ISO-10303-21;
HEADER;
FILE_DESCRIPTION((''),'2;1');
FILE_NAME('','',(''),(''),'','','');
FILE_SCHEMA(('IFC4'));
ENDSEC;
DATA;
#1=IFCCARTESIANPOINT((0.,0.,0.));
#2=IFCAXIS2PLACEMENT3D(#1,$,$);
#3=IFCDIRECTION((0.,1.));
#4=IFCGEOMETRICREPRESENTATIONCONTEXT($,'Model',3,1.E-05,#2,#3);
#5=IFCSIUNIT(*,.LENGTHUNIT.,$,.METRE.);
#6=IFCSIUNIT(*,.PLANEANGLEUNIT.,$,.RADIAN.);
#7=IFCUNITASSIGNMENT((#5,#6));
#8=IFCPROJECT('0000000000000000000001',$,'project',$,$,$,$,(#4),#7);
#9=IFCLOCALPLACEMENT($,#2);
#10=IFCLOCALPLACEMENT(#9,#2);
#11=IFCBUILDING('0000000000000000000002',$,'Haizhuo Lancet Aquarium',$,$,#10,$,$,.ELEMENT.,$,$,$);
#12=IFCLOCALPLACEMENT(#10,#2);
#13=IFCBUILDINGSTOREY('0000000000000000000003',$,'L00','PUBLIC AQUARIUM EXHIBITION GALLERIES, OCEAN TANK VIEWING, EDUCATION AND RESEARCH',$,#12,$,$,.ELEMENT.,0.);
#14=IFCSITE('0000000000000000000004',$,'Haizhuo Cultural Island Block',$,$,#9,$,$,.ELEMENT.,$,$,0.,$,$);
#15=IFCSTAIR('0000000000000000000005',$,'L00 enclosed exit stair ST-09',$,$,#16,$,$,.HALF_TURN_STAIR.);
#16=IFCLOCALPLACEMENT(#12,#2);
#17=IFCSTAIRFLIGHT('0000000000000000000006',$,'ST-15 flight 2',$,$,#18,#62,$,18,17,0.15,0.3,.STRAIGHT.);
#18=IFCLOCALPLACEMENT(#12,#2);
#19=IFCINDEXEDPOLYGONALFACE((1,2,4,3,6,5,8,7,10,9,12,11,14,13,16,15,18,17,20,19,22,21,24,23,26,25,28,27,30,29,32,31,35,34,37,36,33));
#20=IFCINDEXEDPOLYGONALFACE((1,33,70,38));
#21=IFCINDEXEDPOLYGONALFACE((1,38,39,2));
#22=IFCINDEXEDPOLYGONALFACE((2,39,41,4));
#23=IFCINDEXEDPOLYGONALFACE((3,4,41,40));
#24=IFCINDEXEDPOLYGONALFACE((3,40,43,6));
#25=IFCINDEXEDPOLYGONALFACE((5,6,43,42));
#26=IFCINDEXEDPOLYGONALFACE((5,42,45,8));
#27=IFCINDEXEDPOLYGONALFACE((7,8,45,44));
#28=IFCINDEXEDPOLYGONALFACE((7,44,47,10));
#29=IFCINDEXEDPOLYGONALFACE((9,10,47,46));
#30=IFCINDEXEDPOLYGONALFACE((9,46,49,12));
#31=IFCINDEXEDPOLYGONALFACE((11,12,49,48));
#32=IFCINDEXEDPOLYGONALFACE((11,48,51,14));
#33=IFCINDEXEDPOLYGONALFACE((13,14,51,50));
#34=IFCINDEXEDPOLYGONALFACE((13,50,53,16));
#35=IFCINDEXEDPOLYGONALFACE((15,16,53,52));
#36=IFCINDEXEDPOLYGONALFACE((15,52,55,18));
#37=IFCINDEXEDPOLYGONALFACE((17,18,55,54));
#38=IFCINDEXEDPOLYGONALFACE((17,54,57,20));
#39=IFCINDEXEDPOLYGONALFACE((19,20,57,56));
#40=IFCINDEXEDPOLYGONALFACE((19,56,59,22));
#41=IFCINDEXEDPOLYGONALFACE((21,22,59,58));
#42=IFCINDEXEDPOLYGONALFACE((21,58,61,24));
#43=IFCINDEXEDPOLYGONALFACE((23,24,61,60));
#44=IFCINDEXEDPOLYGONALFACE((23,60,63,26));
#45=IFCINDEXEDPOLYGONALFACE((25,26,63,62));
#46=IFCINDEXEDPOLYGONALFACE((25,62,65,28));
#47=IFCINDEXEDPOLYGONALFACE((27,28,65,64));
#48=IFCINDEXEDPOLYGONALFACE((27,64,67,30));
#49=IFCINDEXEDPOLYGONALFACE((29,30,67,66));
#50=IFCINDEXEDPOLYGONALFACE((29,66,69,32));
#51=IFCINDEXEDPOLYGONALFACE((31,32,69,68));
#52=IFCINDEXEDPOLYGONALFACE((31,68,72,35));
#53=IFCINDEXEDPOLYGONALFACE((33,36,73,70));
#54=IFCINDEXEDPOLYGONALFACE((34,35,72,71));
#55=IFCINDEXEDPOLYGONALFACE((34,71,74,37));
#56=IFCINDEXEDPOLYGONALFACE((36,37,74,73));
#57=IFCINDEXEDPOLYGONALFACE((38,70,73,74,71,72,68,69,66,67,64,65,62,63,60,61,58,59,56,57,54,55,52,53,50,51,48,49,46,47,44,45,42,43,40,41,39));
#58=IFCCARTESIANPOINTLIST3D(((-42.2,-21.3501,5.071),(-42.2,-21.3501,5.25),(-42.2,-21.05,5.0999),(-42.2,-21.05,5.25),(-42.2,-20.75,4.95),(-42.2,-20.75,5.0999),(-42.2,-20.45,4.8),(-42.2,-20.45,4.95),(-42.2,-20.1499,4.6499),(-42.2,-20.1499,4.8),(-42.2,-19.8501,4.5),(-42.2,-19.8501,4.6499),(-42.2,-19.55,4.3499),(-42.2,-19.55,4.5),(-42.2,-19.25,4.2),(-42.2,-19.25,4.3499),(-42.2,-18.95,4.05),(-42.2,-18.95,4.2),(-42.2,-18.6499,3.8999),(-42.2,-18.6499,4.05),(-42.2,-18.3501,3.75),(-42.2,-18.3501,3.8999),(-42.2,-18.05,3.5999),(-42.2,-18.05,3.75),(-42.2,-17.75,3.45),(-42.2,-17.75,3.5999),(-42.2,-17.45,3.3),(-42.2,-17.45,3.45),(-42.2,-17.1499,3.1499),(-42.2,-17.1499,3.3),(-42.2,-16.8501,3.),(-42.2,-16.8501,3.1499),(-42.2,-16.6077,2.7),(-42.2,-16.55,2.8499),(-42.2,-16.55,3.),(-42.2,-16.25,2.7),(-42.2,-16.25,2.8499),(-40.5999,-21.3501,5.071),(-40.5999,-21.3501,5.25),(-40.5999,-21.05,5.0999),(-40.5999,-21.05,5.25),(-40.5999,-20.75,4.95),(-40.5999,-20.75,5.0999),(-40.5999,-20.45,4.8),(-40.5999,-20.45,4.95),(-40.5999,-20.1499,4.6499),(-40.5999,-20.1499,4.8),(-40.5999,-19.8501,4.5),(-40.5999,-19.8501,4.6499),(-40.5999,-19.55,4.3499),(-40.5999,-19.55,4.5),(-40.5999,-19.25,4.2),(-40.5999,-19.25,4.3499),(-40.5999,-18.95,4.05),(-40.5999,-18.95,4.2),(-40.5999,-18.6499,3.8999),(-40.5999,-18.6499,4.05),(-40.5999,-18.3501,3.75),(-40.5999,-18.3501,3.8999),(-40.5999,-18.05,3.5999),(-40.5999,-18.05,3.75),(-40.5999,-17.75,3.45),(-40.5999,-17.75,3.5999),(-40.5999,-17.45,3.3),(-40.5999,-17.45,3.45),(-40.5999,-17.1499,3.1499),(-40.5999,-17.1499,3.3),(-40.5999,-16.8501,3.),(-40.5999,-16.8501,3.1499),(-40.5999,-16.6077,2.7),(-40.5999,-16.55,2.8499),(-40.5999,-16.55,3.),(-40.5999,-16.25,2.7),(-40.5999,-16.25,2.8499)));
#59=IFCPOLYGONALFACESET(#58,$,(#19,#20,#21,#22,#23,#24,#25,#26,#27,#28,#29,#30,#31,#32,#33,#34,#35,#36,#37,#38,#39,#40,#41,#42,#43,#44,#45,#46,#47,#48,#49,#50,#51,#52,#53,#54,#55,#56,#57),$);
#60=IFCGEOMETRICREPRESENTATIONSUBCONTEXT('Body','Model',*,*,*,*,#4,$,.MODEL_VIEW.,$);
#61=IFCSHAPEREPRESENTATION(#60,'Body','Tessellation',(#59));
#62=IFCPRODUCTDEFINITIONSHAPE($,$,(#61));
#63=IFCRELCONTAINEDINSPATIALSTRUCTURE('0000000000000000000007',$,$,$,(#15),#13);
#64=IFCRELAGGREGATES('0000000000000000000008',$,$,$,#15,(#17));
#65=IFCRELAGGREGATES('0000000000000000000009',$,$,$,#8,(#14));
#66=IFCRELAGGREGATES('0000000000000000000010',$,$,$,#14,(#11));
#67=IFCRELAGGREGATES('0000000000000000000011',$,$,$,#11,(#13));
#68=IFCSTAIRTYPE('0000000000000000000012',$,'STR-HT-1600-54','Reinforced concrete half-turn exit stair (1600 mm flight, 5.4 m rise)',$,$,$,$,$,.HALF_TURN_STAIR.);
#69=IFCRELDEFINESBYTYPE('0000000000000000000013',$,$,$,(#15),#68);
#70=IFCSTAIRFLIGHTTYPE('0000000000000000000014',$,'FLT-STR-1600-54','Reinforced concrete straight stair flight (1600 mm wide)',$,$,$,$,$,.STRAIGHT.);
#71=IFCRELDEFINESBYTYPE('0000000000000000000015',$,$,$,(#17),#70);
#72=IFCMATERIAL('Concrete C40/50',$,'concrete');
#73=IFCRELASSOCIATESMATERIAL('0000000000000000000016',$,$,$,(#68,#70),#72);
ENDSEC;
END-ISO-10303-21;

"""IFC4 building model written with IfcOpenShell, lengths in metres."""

from ifc_helpers import new_model, si_unit, direction, frame, origin, place, context, subcontext, project, spatial, polyline, outline, extrude, material, type_object, element, aggregate, save


model = new_model("IFC4")

# Units and contexts
model_context = context("Model", 3, precision=1e-05, world=origin(), true_north=direction((0.0, 1.0)))
body_context = subcontext(model_context, "Body", "Model", "MODEL_VIEW")
ifc_project = project(units=[si_unit("LENGTHUNIT", "METRE"), si_unit("PLANEANGLEUNIT", "RADIAN")], contexts=[model_context])

# Site, building, storey
site_placement = place(None, origin())
site = spatial("IfcSite", under=ifc_project, at=site_placement, Name="Haizhuo Cultural Island Block", CompositionType="ELEMENT", RefElevation=0.0)
building_placement = place(site_placement, origin())
building = spatial("IfcBuilding", under=site, at=building_placement, Name="Haizhuo Lancet Aquarium", CompositionType="ELEMENT")
storey_placement = place(building_placement, origin())
storey = spatial("IfcBuildingStorey", under=building, at=storey_placement, Name="L00", Description="PUBLIC AQUARIUM EXHIBITION GALLERIES, OCEAN TANK VIEWING, EDUCATION AND RESEARCH", CompositionType="ELEMENT", Elevation=0.0)

# Shared definitions
ifc_material_1 = material(Name="Concrete C40/50", Category="concrete")

# Stair, stair flight
stair_type = type_object("IfcStairType", Name="STR-HT-1600-54", Description="Reinforced concrete half-turn exit stair (1600 mm flight, 5.4 m rise)", PredefinedType="HALF_TURN_STAIR", material=ifc_material_1)
stair_placement = place(storey_placement, origin())
stair = element("IfcStair", 1, at=stair_placement, inside=storey, type_object=stair_type, Name="L00 enclosed exit stair ST-09", PredefinedType="HALF_TURN_STAIR")
stair_flight_type = type_object("IfcStairFlightType", Name="FLT-STR-1600-54", Description="Reinforced concrete straight stair flight (1600 mm wide)", PredefinedType="STRAIGHT", material=ifc_material_1)
stair_flight_1_placement = place(storey_placement, frame((-41.3999, -16.25, 2.7), z_axis=(0.0, 0.0, 1.0), x_axis=(0.0, -1.0, 0.0)))
stair_flight_1 = element("IfcStairFlight", 2, at=stair_flight_1_placement, type_object=stair_flight_type, Name="ST-15 flight 2", NumberOfRisers=18, NumberOfTreads=17, PredefinedType="STRAIGHT", RiserHeight=0.15, TreadLength=0.3, context=body_context, shape_type="SweptSolid", body=[
    extrude(outline(polyline([(0.0, 0.0), (0.0, 0.1499), (0.3, 0.1499), (0.3, 0.3), (0.6001, 0.3), (0.6001, 0.45), (0.8999, 0.45), (0.8999, 0.6001), (1.2, 0.6001), (1.2, 0.75), (1.5, 0.75), (1.5, 0.8999), (1.8, 0.8999), (1.8, 1.05), (2.1001, 1.05), (2.1001, 1.2), (2.3999, 1.2), (2.3999, 1.3501), (2.7, 1.3501), (2.7, 1.5), (3.0, 1.5), (3.0, 1.6499), (3.3, 1.6499), (3.3, 1.8), (3.6001, 1.8), (3.6001, 1.95), (3.8999, 1.95), (3.8999, 2.1001), (4.2, 2.1001), (4.2, 2.25), (4.5, 2.25), (4.5, 2.3999), (4.8, 2.3999), (4.8, 2.55), (5.1001, 2.55), (5.1001, 2.7), (5.1001, 2.3711), (0.3577, 0.0), (0.0, 0.0)])), frame((0.0, 0.8, 0.0), z_axis=(0.0, -1.0, 0.0), x_axis=(1.0, 0.0, 0.0)), (0.0, 0.0, 1.0), 1.6001),
])
aggregate(stair, [stair_flight_1])

save(model, "model.ifc")
